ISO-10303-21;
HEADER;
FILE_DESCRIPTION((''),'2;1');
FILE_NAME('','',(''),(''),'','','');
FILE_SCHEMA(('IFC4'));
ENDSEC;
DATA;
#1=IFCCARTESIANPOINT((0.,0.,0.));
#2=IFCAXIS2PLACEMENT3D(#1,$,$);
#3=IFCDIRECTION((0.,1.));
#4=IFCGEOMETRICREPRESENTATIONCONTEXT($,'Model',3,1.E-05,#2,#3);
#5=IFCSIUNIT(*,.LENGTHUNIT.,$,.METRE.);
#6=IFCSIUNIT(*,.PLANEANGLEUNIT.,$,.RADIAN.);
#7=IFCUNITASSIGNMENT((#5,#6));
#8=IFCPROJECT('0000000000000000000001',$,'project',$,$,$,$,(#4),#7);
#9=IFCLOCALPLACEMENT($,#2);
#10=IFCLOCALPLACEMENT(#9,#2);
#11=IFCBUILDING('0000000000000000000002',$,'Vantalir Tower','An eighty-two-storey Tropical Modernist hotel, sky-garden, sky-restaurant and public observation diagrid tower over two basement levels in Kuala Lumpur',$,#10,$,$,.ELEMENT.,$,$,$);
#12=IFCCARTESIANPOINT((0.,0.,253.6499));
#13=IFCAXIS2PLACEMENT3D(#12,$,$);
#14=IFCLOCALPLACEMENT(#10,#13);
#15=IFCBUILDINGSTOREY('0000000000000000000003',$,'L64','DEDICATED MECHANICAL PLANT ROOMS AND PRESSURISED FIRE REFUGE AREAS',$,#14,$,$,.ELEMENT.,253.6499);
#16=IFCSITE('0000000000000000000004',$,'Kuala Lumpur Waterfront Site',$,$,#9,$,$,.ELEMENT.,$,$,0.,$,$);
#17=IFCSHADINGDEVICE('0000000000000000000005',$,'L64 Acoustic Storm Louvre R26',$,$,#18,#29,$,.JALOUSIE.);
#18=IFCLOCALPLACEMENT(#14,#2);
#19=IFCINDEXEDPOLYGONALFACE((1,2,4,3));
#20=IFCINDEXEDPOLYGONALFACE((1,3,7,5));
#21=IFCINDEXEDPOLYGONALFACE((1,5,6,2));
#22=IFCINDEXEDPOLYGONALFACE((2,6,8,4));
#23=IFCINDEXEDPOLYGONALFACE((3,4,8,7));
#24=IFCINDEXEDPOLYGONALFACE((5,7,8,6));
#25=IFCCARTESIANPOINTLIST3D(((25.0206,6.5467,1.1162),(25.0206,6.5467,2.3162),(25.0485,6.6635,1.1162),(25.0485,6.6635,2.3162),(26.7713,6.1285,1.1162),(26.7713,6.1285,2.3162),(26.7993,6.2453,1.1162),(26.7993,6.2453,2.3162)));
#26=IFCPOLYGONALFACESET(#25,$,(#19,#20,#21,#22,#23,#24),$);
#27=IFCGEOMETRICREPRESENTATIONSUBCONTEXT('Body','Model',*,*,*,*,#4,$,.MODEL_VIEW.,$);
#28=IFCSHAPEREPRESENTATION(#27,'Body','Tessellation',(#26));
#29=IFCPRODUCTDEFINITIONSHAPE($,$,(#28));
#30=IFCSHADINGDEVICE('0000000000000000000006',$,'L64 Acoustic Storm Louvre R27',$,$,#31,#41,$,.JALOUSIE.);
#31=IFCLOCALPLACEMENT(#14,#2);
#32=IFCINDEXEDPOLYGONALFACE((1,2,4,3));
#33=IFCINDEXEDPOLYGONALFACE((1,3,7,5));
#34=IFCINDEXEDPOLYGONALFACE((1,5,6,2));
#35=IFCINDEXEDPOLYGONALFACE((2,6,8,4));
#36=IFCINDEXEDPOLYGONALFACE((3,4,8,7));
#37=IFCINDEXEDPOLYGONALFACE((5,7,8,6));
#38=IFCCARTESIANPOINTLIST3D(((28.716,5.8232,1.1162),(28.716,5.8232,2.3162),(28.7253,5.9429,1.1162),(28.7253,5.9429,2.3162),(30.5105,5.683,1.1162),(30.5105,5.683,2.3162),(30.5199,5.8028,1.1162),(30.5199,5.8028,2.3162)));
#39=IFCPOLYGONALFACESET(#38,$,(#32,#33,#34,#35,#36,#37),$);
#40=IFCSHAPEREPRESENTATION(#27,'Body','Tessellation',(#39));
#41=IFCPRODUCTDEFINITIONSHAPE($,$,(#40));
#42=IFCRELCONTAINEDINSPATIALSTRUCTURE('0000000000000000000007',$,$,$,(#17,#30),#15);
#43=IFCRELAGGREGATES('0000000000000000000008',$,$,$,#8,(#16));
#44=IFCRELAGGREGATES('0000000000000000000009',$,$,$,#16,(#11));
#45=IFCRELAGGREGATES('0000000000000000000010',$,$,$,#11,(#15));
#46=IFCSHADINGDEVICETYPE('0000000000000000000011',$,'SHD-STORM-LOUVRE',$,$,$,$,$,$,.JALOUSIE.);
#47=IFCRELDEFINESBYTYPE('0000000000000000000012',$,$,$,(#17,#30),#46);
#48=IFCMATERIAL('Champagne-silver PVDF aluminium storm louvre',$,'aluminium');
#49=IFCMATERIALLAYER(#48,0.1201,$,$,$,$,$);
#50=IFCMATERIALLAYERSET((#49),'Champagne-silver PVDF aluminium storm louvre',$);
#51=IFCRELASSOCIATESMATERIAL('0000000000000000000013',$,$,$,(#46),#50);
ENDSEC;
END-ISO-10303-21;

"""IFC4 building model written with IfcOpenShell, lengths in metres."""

from ifc_helpers import new_model, si_unit, direction, frame, origin, origin_2d, place, context, subcontext, project, spatial, rectangle, extrude, material, layer, layer_set, type_object, element, save


model = new_model("IFC4")

# Units and contexts
model_context = context("Model", 3, precision=1e-05, world=origin(), true_north=direction((0.0, 1.0)))
body_context = subcontext(model_context, "Body", "Model", "MODEL_VIEW")
ifc_project = project(units=[si_unit("LENGTHUNIT", "METRE"), si_unit("PLANEANGLEUNIT", "RADIAN")], contexts=[model_context])

# Site, building, storey
site_placement = place(None, origin())
site = spatial("IfcSite", under=ifc_project, at=site_placement, Name="Kuala Lumpur Waterfront Site", CompositionType="ELEMENT", RefElevation=0.0)
building_placement = place(site_placement, origin())
building = spatial("IfcBuilding", under=site, at=building_placement, Name="Vantalir Tower", Description="An eighty-two-storey Tropical Modernist hotel, sky-garden, sky-restaurant and public observation diagrid tower over two basement levels in Kuala Lumpur", CompositionType="ELEMENT")
storey_placement = place(building_placement, frame((0.0, 0.0, 253.6499)))
storey = spatial("IfcBuildingStorey", under=building, at=storey_placement, Name="L64", Description="DEDICATED MECHANICAL PLANT ROOMS AND PRESSURISED FIRE REFUGE AREAS", CompositionType="ELEMENT", Elevation=253.6499)

# Shading devices
ifc_material_1 = material(Name="Champagne-silver PVDF aluminium storm louvre", Category="aluminium")
ifc_layer_1 = layer(ifc_material_1, 0.1201)
ifc_layer_set_1 = layer_set([ifc_layer_1], Name="Champagne-silver PVDF aluminium storm louvre")
shading_device_type = type_object("IfcShadingDeviceType", Name="SHD-STORM-LOUVRE", PredefinedType="JALOUSIE", material=ifc_layer_set_1)
for number, where, z_axis, x_axis, name in (
    (1, (25.9099, 6.396, 1.1162), (0.0, 0.0, 1.0), (0.97263, -0.232359, 0.0), "L64 Acoustic Storm Louvre R26"),
    (2, (29.6179, 5.813, 1.1162), (0.0, 0.0, 1.0), (0.996965, -0.07785, 0.0), "L64 Acoustic Storm Louvre R27"),
):
    element("IfcShadingDevice", number, at=place(storey_placement, frame(where, z_axis=z_axis, x_axis=x_axis)), inside=storey, type_object=shading_device_type, Name=name, PredefinedType="JALOUSIE", context=body_context, shape_type="SweptSolid", body=[
        extrude(rectangle(XDim=1.8, YDim=0.1201, at=origin_2d()), origin(), (0.0, 0.0, 1.0), 1.2),
    ])

save(model, "model.ifc")
